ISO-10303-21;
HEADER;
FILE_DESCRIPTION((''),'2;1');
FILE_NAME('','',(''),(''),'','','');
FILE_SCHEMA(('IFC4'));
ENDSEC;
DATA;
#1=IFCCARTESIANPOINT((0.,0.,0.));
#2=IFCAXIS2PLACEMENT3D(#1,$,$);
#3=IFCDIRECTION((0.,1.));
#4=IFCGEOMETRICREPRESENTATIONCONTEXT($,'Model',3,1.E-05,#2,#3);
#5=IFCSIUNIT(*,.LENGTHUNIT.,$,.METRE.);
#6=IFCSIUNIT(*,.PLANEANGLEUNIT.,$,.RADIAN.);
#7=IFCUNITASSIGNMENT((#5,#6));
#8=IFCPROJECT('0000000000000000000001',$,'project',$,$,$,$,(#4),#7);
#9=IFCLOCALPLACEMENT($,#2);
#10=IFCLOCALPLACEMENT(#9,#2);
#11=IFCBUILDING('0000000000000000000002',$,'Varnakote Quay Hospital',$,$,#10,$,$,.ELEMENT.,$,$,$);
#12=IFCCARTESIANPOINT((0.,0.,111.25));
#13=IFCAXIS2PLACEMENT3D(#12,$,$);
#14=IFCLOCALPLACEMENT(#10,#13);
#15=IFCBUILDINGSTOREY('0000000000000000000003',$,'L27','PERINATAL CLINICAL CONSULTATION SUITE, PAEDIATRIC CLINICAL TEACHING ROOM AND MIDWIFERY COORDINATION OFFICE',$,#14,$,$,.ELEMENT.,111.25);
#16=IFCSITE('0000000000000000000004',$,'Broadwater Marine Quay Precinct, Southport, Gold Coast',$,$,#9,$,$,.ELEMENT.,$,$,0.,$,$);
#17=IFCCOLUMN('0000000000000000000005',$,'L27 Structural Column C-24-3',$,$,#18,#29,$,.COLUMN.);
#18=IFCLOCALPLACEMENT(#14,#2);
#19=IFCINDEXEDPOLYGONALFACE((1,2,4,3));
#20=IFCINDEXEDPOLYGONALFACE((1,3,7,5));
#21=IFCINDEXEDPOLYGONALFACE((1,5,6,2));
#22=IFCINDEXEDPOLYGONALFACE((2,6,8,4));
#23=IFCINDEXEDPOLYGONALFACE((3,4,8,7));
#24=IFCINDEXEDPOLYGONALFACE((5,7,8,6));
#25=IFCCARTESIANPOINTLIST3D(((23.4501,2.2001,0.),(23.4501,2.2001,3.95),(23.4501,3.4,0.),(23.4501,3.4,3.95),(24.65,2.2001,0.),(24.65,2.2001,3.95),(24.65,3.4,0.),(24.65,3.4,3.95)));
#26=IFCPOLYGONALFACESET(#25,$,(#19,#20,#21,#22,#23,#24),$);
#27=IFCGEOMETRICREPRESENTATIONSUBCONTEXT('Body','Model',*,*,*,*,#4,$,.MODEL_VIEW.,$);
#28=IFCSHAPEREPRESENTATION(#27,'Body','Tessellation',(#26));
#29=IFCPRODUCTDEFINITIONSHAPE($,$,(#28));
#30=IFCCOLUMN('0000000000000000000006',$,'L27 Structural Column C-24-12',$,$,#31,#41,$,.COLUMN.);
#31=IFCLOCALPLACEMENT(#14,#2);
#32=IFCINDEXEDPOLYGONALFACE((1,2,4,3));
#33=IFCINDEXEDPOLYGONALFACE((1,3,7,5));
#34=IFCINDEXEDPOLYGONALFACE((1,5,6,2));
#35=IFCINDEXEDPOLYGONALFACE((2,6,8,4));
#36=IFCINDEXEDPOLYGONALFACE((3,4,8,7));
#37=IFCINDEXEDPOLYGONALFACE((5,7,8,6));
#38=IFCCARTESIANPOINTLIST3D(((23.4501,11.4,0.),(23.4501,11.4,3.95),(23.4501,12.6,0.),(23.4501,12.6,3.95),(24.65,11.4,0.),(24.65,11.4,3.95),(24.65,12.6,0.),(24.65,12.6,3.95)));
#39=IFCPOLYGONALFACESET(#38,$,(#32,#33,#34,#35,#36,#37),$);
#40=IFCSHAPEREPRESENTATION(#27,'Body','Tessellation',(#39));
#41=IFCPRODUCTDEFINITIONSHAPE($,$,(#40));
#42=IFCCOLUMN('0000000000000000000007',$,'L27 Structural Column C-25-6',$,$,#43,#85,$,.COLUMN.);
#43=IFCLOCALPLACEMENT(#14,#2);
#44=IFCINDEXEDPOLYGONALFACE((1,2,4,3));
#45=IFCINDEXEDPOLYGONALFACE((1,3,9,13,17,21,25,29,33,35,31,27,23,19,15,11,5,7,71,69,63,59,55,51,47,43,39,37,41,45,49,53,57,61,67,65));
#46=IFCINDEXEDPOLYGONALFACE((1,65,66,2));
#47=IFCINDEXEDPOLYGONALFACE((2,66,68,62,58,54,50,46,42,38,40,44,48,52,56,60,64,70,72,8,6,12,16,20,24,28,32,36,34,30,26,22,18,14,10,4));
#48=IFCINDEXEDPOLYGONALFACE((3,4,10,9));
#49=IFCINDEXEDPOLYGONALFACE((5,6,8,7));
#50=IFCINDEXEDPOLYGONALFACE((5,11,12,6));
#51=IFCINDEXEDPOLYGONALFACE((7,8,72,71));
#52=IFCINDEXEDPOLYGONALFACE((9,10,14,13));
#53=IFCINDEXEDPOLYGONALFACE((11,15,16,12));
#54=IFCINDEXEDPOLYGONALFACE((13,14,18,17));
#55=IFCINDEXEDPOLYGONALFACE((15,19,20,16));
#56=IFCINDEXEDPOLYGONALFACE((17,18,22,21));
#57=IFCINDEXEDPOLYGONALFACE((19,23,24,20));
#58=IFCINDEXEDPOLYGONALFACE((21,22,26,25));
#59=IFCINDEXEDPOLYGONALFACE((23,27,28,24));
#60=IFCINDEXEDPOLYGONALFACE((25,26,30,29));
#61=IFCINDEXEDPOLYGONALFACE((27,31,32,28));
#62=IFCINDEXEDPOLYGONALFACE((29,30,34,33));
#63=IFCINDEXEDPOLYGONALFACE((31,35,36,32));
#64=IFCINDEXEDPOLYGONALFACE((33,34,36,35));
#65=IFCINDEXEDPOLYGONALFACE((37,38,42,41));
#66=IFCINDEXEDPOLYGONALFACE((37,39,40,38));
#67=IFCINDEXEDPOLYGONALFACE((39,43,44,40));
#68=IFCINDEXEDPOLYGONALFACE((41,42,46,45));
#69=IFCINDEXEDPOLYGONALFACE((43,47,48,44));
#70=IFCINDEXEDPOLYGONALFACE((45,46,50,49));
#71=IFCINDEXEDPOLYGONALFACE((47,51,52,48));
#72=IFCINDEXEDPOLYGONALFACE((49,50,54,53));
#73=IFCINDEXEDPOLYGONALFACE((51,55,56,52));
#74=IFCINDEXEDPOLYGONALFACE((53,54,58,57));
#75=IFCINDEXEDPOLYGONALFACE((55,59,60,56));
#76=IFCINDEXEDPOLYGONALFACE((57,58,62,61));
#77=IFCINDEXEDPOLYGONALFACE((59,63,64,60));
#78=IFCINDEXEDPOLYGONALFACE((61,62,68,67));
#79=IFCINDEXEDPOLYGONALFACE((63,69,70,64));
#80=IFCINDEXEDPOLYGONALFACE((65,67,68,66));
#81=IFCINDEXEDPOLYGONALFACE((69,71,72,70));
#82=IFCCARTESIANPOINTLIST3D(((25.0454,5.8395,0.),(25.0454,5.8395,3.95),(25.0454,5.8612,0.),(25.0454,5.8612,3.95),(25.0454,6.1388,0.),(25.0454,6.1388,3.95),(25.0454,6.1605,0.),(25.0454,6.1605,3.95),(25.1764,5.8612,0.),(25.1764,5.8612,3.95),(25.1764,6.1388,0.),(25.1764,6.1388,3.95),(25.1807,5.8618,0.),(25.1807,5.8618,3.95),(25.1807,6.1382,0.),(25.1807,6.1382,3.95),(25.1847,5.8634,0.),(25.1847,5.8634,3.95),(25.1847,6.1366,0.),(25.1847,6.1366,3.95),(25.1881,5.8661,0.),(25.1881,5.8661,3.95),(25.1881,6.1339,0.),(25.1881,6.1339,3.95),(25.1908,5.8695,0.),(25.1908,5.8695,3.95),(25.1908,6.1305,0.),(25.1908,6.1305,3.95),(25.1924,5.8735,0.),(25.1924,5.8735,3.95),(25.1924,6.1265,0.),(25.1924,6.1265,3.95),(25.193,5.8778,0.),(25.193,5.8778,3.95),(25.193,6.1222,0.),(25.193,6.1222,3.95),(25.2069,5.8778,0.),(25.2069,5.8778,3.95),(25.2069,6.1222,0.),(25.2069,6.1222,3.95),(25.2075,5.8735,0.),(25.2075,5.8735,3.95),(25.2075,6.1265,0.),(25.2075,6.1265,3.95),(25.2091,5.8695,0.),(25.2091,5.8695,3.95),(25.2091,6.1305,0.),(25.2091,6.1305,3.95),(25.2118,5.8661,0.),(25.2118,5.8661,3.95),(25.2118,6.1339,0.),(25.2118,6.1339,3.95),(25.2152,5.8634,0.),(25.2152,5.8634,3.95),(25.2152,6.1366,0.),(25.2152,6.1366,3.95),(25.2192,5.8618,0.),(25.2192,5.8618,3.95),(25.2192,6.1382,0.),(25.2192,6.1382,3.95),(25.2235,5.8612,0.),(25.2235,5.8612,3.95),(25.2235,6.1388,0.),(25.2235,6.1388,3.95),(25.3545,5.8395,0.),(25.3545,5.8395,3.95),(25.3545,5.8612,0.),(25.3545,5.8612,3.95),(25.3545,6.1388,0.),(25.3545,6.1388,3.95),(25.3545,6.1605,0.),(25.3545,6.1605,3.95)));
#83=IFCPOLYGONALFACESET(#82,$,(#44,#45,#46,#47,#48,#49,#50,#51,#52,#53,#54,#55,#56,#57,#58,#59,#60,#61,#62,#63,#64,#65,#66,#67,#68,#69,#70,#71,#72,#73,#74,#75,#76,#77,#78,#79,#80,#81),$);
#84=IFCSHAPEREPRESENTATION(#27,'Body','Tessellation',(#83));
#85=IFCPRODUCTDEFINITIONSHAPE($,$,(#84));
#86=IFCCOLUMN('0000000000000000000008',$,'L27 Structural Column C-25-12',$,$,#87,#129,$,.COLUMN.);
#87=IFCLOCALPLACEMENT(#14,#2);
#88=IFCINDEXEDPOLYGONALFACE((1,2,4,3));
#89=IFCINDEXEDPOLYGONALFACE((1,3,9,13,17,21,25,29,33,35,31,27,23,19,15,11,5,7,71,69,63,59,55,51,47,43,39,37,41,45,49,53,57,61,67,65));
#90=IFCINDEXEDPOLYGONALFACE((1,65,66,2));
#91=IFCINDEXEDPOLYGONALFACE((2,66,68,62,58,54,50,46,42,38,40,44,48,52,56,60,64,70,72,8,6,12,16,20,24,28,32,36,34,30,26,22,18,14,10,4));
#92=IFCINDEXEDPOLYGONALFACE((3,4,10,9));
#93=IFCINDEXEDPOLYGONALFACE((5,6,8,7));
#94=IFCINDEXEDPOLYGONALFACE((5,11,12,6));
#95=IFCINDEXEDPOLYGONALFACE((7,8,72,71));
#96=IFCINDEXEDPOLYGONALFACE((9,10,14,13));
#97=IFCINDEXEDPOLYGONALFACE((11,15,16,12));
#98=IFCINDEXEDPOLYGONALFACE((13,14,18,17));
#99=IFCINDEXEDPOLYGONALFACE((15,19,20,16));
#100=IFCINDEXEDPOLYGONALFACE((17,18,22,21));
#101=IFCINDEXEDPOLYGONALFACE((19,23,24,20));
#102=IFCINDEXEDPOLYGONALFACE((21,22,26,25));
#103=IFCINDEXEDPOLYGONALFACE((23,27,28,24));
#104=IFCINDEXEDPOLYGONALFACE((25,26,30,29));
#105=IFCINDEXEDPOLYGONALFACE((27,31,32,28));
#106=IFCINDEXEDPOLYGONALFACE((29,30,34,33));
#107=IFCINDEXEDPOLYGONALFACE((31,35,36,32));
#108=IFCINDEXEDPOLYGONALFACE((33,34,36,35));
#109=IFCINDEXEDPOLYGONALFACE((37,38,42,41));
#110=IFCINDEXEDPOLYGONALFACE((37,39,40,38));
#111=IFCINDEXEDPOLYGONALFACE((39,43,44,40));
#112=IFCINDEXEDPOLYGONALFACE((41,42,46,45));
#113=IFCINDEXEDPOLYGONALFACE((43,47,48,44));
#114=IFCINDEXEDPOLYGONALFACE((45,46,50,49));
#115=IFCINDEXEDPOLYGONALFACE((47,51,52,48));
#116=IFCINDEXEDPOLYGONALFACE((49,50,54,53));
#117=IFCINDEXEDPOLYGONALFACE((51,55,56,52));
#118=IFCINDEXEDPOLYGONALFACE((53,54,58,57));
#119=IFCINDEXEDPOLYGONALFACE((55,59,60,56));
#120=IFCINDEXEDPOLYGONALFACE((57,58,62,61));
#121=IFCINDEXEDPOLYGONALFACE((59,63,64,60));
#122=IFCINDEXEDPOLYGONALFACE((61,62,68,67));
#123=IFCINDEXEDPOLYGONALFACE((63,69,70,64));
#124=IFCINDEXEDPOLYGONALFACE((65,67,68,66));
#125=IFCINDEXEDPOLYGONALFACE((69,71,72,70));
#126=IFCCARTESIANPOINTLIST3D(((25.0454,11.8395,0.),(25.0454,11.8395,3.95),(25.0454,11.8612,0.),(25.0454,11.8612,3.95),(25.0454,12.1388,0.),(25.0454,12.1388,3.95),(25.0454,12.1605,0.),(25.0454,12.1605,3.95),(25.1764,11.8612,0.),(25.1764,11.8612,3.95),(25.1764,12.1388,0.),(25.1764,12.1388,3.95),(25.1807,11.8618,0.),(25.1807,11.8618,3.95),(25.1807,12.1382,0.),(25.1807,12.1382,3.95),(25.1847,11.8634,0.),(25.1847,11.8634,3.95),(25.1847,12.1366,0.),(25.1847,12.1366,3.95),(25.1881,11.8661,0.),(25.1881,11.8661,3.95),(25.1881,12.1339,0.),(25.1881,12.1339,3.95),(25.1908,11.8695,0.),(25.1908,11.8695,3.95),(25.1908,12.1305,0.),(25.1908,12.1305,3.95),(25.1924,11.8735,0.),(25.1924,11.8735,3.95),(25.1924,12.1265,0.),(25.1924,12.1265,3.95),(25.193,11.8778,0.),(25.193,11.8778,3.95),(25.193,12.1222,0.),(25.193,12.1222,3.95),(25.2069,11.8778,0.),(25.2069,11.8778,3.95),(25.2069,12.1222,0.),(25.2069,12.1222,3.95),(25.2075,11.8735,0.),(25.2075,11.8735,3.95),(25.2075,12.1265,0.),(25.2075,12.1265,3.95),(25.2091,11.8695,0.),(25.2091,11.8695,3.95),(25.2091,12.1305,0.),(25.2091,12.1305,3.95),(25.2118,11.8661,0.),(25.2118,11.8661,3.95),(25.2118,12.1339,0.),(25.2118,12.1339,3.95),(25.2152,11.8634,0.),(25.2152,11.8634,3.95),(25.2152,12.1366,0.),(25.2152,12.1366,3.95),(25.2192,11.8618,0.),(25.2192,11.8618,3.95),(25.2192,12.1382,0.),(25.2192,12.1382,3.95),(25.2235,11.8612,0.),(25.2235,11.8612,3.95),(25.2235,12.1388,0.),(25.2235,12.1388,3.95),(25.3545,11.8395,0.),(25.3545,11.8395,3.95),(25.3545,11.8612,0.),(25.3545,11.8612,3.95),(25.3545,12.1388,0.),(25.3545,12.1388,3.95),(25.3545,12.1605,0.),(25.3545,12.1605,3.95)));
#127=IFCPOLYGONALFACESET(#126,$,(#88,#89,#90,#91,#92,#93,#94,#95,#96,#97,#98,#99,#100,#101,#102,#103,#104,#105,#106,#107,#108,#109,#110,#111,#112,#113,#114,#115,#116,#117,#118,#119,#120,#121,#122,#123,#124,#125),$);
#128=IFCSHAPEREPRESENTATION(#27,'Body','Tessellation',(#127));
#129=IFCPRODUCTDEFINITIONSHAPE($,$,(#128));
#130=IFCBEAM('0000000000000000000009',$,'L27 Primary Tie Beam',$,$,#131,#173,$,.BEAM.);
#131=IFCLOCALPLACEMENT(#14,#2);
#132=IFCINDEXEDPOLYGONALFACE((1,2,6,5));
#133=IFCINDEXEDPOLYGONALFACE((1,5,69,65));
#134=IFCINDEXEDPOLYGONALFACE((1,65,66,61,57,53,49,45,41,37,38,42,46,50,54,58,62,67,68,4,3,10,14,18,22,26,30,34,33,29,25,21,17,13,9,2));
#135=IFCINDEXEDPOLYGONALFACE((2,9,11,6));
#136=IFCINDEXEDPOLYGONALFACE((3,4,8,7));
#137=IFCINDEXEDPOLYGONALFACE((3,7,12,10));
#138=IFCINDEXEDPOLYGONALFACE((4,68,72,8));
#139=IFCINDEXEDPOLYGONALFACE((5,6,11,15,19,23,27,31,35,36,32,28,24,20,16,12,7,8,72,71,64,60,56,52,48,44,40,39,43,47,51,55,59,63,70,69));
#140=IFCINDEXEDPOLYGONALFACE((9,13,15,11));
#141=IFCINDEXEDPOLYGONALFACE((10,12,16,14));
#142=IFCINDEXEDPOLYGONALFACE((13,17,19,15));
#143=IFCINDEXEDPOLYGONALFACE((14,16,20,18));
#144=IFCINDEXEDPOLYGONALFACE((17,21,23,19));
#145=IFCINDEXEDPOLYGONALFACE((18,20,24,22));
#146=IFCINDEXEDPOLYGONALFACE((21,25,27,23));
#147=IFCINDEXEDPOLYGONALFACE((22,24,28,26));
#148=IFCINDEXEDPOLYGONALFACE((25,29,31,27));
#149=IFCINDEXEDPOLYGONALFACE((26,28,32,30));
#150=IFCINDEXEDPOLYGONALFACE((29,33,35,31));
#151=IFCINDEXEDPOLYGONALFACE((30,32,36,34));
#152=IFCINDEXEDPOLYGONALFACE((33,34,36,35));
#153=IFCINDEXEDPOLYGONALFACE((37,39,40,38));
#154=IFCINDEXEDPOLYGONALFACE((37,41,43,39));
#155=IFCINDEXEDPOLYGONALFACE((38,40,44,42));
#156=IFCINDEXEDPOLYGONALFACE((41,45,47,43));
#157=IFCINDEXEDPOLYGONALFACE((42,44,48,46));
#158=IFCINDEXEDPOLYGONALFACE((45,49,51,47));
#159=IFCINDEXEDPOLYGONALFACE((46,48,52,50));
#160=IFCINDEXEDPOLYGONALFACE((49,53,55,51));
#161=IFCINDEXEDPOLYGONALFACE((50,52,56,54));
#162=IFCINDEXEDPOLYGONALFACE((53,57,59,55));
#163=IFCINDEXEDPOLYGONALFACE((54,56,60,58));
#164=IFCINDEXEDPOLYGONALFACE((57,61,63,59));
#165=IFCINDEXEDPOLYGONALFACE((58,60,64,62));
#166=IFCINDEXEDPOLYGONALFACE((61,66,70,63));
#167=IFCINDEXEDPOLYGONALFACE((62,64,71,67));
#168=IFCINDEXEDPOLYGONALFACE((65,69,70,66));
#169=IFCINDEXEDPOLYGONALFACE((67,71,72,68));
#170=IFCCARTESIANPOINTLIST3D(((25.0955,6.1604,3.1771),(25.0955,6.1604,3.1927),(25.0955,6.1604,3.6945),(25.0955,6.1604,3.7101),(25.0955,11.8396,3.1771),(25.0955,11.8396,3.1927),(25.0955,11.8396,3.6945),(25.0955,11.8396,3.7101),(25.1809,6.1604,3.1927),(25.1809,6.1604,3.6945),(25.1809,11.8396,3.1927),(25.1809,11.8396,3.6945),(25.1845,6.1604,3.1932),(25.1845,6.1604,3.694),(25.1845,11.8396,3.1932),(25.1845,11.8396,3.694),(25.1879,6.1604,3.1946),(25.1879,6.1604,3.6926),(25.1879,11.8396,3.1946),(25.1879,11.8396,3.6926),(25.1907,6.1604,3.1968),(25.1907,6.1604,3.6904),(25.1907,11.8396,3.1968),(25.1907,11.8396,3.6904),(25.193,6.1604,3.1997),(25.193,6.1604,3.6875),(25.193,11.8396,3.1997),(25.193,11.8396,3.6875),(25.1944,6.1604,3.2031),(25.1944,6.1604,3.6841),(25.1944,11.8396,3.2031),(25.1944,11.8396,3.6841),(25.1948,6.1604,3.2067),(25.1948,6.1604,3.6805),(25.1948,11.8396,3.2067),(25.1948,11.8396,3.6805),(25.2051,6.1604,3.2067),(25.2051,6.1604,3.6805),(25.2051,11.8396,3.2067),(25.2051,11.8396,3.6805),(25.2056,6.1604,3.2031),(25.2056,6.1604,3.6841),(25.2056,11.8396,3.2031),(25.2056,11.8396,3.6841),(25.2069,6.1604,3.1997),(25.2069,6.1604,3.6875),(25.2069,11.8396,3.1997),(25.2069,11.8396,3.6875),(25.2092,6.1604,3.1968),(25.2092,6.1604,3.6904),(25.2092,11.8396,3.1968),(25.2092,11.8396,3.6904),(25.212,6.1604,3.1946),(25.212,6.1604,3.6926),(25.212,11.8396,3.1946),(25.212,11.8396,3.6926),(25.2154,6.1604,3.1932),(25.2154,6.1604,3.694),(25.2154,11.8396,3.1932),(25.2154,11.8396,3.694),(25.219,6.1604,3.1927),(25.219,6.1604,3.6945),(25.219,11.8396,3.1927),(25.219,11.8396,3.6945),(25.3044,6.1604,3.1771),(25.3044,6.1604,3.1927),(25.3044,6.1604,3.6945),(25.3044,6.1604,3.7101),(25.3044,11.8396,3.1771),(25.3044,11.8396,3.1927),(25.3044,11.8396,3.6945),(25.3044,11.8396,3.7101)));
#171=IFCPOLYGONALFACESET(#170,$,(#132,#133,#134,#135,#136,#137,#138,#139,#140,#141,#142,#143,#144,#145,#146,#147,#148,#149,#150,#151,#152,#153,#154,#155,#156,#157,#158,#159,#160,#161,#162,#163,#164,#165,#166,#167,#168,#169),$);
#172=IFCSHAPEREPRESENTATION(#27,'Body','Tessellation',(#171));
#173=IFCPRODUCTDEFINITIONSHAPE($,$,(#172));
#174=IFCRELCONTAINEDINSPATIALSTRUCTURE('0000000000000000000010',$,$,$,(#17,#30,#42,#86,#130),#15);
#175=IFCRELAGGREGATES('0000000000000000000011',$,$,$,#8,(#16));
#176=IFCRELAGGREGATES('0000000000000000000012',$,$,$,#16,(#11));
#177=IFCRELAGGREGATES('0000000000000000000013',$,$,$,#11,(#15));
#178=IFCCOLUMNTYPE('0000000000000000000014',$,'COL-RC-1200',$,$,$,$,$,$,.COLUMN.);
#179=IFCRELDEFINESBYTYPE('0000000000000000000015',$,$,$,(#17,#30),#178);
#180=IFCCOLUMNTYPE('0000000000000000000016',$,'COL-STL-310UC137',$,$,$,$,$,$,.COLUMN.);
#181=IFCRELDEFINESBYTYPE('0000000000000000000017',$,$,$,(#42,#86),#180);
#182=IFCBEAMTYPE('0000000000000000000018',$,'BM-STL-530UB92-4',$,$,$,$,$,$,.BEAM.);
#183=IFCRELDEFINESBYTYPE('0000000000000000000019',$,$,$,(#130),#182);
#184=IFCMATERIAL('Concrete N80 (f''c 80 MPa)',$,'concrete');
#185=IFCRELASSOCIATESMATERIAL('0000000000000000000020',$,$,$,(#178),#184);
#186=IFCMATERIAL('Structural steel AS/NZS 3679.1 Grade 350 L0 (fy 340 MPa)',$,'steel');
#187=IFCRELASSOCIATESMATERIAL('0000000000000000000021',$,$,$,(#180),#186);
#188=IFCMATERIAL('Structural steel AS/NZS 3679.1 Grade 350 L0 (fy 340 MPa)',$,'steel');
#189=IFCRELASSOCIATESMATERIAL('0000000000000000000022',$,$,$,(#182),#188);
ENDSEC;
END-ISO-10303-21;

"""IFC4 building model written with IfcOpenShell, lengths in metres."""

from ifc_helpers import new_model, si_unit, direction, frame, origin, origin_2d, place, context, subcontext, project, spatial, rectangle, i_section, extrude, material, material_profile, profile_set, type_object, element, save


model = new_model("IFC4")

# Units and contexts
model_context = context("Model", 3, precision=1e-05, world=origin(), true_north=direction((0.0, 1.0)))
body_context = subcontext(model_context, "Body", "Model", "MODEL_VIEW")
ifc_project = project(units=[si_unit("LENGTHUNIT", "METRE"), si_unit("PLANEANGLEUNIT", "RADIAN")], contexts=[model_context])

# Site, building, storey
site_placement = place(None, origin())
site = spatial("IfcSite", under=ifc_project, at=site_placement, Name="Broadwater Marine Quay Precinct, Southport, Gold Coast", CompositionType="ELEMENT", RefElevation=0.0)
building_placement = place(site_placement, origin())
building = spatial("IfcBuilding", under=site, at=building_placement, Name="Varnakote Quay Hospital", CompositionType="ELEMENT")
storey_placement = place(building_placement, frame((0.0, 0.0, 111.25)))
storey = spatial("IfcBuildingStorey", under=building, at=storey_placement, Name="L27", Description="PERINATAL CLINICAL CONSULTATION SUITE, PAEDIATRIC CLINICAL TEACHING ROOM AND MIDWIFERY COORDINATION OFFICE", CompositionType="ELEMENT", Elevation=111.25)

# Columns
ifc_material_1 = material(Name="Concrete N80 (f'c 80 MPa)", Category="concrete")
ifc_material_profile_1 = material_profile(ifc_material_1, rectangle(XDim=1.2, YDim=1.2, at=origin_2d()), Name="RC-COL-1200x1200")
ifc_profile_set_1 = profile_set([ifc_material_profile_1], Name="Concrete N80 (f'c 80 MPa)")
column_type_1 = type_object("IfcColumnType", Name="COL-RC-1200", PredefinedType="COLUMN", material=ifc_profile_set_1)
for number, where, z_axis, x_axis, name in (
    (1, (24.05, 2.8, 0.0), (0.0, 0.0, 1.0), (1.0, 0.0, 0.0), "L27 Structural Column C-24-3"),
    (2, (24.05, 12.0, 0.0), (0.0, 0.0, 1.0), (1.0, 0.0, 0.0), "L27 Structural Column C-24-12"),
):
    element("IfcColumn", number, at=place(storey_placement, frame(where, z_axis=z_axis, x_axis=x_axis)), inside=storey, type_object=column_type_1, Name=name, PredefinedType="COLUMN", context=body_context, shape_type="SweptSolid", body=[
        extrude(rectangle(XDim=1.2, YDim=1.2, at=origin_2d()), origin(), (0.0, 0.0, 1.0), 3.95),
    ])
ifc_material_2 = material(Name="Structural steel AS/NZS 3679.1 Grade 350 L0 (fy 340 MPa)", Category="steel")
ifc_material_profile_2 = material_profile(ifc_material_2, i_section(OverallWidth=0.3091, OverallDepth=0.321, WebThickness=0.0139, FlangeThickness=0.0217, FilletRadius=0.0166, at=origin_2d()), Name="310UC137")
ifc_profile_set_2 = profile_set([ifc_material_profile_2], Name="Structural steel AS/NZS 3679.1 Grade 350 L0 (fy 340 MPa)")
column_type_2 = type_object("IfcColumnType", Name="COL-STL-310UC137", PredefinedType="COLUMN", material=ifc_profile_set_2)
for number, where, z_axis, x_axis, name in (
    (3, (25.2, 6.0, 0.0), (0.0, 0.0, 1.0), (1.0, 0.0, 0.0), "L27 Structural Column C-25-6"),
    (4, (25.2, 12.0, 0.0), (0.0, 0.0, 1.0), (1.0, 0.0, 0.0), "L27 Structural Column C-25-12"),
):
    element("IfcColumn", number, at=place(storey_placement, frame(where, z_axis=z_axis, x_axis=x_axis)), inside=storey, type_object=column_type_2, Name=name, PredefinedType="COLUMN", context=body_context, shape_type="SweptSolid", body=[
        extrude(i_section(OverallWidth=0.3091, OverallDepth=0.321, WebThickness=0.0139, FlangeThickness=0.0217, FilletRadius=0.0166, at=origin_2d()), origin(), (0.0, 0.0, 1.0), 3.95),
    ])

# Beam
ifc_material_3 = material(Name="Structural steel AS/NZS 3679.1 Grade 350 L0 (fy 340 MPa)", Category="steel")
ifc_material_profile_3 = material_profile(ifc_material_3, i_section(OverallWidth=0.209, OverallDepth=0.533, WebThickness=0.0103, FlangeThickness=0.0156, FilletRadius=0.0139, at=origin_2d()), Name="530UB92.4")
ifc_profile_set_3 = profile_set([ifc_material_profile_3], Name="Structural steel AS/NZS 3679.1 Grade 350 L0 (fy 340 MPa)")
beam_type_1 = type_object("IfcBeamType", Name="BM-STL-530UB92-4", PredefinedType="BEAM", material=ifc_profile_set_3)
beam_1_placement = place(storey_placement, frame((25.2, 6.1604, 3.4436), z_axis=(0.0, 1.0, 0.0), x_axis=(-1.0, 0.0, 0.0)))
element("IfcBeam", 5, at=beam_1_placement, inside=storey, type_object=beam_type_1, Name="L27 Primary Tie Beam", PredefinedType="BEAM", context=body_context, shape_type="SweptSolid", body=[
    extrude(i_section(OverallWidth=0.209, OverallDepth=0.533, WebThickness=0.0103, FlangeThickness=0.0156, FilletRadius=0.0139, at=origin_2d()), origin(), (0.0, 0.0, 1.0), 5.6792),
])

save(model, "model.ifc")
